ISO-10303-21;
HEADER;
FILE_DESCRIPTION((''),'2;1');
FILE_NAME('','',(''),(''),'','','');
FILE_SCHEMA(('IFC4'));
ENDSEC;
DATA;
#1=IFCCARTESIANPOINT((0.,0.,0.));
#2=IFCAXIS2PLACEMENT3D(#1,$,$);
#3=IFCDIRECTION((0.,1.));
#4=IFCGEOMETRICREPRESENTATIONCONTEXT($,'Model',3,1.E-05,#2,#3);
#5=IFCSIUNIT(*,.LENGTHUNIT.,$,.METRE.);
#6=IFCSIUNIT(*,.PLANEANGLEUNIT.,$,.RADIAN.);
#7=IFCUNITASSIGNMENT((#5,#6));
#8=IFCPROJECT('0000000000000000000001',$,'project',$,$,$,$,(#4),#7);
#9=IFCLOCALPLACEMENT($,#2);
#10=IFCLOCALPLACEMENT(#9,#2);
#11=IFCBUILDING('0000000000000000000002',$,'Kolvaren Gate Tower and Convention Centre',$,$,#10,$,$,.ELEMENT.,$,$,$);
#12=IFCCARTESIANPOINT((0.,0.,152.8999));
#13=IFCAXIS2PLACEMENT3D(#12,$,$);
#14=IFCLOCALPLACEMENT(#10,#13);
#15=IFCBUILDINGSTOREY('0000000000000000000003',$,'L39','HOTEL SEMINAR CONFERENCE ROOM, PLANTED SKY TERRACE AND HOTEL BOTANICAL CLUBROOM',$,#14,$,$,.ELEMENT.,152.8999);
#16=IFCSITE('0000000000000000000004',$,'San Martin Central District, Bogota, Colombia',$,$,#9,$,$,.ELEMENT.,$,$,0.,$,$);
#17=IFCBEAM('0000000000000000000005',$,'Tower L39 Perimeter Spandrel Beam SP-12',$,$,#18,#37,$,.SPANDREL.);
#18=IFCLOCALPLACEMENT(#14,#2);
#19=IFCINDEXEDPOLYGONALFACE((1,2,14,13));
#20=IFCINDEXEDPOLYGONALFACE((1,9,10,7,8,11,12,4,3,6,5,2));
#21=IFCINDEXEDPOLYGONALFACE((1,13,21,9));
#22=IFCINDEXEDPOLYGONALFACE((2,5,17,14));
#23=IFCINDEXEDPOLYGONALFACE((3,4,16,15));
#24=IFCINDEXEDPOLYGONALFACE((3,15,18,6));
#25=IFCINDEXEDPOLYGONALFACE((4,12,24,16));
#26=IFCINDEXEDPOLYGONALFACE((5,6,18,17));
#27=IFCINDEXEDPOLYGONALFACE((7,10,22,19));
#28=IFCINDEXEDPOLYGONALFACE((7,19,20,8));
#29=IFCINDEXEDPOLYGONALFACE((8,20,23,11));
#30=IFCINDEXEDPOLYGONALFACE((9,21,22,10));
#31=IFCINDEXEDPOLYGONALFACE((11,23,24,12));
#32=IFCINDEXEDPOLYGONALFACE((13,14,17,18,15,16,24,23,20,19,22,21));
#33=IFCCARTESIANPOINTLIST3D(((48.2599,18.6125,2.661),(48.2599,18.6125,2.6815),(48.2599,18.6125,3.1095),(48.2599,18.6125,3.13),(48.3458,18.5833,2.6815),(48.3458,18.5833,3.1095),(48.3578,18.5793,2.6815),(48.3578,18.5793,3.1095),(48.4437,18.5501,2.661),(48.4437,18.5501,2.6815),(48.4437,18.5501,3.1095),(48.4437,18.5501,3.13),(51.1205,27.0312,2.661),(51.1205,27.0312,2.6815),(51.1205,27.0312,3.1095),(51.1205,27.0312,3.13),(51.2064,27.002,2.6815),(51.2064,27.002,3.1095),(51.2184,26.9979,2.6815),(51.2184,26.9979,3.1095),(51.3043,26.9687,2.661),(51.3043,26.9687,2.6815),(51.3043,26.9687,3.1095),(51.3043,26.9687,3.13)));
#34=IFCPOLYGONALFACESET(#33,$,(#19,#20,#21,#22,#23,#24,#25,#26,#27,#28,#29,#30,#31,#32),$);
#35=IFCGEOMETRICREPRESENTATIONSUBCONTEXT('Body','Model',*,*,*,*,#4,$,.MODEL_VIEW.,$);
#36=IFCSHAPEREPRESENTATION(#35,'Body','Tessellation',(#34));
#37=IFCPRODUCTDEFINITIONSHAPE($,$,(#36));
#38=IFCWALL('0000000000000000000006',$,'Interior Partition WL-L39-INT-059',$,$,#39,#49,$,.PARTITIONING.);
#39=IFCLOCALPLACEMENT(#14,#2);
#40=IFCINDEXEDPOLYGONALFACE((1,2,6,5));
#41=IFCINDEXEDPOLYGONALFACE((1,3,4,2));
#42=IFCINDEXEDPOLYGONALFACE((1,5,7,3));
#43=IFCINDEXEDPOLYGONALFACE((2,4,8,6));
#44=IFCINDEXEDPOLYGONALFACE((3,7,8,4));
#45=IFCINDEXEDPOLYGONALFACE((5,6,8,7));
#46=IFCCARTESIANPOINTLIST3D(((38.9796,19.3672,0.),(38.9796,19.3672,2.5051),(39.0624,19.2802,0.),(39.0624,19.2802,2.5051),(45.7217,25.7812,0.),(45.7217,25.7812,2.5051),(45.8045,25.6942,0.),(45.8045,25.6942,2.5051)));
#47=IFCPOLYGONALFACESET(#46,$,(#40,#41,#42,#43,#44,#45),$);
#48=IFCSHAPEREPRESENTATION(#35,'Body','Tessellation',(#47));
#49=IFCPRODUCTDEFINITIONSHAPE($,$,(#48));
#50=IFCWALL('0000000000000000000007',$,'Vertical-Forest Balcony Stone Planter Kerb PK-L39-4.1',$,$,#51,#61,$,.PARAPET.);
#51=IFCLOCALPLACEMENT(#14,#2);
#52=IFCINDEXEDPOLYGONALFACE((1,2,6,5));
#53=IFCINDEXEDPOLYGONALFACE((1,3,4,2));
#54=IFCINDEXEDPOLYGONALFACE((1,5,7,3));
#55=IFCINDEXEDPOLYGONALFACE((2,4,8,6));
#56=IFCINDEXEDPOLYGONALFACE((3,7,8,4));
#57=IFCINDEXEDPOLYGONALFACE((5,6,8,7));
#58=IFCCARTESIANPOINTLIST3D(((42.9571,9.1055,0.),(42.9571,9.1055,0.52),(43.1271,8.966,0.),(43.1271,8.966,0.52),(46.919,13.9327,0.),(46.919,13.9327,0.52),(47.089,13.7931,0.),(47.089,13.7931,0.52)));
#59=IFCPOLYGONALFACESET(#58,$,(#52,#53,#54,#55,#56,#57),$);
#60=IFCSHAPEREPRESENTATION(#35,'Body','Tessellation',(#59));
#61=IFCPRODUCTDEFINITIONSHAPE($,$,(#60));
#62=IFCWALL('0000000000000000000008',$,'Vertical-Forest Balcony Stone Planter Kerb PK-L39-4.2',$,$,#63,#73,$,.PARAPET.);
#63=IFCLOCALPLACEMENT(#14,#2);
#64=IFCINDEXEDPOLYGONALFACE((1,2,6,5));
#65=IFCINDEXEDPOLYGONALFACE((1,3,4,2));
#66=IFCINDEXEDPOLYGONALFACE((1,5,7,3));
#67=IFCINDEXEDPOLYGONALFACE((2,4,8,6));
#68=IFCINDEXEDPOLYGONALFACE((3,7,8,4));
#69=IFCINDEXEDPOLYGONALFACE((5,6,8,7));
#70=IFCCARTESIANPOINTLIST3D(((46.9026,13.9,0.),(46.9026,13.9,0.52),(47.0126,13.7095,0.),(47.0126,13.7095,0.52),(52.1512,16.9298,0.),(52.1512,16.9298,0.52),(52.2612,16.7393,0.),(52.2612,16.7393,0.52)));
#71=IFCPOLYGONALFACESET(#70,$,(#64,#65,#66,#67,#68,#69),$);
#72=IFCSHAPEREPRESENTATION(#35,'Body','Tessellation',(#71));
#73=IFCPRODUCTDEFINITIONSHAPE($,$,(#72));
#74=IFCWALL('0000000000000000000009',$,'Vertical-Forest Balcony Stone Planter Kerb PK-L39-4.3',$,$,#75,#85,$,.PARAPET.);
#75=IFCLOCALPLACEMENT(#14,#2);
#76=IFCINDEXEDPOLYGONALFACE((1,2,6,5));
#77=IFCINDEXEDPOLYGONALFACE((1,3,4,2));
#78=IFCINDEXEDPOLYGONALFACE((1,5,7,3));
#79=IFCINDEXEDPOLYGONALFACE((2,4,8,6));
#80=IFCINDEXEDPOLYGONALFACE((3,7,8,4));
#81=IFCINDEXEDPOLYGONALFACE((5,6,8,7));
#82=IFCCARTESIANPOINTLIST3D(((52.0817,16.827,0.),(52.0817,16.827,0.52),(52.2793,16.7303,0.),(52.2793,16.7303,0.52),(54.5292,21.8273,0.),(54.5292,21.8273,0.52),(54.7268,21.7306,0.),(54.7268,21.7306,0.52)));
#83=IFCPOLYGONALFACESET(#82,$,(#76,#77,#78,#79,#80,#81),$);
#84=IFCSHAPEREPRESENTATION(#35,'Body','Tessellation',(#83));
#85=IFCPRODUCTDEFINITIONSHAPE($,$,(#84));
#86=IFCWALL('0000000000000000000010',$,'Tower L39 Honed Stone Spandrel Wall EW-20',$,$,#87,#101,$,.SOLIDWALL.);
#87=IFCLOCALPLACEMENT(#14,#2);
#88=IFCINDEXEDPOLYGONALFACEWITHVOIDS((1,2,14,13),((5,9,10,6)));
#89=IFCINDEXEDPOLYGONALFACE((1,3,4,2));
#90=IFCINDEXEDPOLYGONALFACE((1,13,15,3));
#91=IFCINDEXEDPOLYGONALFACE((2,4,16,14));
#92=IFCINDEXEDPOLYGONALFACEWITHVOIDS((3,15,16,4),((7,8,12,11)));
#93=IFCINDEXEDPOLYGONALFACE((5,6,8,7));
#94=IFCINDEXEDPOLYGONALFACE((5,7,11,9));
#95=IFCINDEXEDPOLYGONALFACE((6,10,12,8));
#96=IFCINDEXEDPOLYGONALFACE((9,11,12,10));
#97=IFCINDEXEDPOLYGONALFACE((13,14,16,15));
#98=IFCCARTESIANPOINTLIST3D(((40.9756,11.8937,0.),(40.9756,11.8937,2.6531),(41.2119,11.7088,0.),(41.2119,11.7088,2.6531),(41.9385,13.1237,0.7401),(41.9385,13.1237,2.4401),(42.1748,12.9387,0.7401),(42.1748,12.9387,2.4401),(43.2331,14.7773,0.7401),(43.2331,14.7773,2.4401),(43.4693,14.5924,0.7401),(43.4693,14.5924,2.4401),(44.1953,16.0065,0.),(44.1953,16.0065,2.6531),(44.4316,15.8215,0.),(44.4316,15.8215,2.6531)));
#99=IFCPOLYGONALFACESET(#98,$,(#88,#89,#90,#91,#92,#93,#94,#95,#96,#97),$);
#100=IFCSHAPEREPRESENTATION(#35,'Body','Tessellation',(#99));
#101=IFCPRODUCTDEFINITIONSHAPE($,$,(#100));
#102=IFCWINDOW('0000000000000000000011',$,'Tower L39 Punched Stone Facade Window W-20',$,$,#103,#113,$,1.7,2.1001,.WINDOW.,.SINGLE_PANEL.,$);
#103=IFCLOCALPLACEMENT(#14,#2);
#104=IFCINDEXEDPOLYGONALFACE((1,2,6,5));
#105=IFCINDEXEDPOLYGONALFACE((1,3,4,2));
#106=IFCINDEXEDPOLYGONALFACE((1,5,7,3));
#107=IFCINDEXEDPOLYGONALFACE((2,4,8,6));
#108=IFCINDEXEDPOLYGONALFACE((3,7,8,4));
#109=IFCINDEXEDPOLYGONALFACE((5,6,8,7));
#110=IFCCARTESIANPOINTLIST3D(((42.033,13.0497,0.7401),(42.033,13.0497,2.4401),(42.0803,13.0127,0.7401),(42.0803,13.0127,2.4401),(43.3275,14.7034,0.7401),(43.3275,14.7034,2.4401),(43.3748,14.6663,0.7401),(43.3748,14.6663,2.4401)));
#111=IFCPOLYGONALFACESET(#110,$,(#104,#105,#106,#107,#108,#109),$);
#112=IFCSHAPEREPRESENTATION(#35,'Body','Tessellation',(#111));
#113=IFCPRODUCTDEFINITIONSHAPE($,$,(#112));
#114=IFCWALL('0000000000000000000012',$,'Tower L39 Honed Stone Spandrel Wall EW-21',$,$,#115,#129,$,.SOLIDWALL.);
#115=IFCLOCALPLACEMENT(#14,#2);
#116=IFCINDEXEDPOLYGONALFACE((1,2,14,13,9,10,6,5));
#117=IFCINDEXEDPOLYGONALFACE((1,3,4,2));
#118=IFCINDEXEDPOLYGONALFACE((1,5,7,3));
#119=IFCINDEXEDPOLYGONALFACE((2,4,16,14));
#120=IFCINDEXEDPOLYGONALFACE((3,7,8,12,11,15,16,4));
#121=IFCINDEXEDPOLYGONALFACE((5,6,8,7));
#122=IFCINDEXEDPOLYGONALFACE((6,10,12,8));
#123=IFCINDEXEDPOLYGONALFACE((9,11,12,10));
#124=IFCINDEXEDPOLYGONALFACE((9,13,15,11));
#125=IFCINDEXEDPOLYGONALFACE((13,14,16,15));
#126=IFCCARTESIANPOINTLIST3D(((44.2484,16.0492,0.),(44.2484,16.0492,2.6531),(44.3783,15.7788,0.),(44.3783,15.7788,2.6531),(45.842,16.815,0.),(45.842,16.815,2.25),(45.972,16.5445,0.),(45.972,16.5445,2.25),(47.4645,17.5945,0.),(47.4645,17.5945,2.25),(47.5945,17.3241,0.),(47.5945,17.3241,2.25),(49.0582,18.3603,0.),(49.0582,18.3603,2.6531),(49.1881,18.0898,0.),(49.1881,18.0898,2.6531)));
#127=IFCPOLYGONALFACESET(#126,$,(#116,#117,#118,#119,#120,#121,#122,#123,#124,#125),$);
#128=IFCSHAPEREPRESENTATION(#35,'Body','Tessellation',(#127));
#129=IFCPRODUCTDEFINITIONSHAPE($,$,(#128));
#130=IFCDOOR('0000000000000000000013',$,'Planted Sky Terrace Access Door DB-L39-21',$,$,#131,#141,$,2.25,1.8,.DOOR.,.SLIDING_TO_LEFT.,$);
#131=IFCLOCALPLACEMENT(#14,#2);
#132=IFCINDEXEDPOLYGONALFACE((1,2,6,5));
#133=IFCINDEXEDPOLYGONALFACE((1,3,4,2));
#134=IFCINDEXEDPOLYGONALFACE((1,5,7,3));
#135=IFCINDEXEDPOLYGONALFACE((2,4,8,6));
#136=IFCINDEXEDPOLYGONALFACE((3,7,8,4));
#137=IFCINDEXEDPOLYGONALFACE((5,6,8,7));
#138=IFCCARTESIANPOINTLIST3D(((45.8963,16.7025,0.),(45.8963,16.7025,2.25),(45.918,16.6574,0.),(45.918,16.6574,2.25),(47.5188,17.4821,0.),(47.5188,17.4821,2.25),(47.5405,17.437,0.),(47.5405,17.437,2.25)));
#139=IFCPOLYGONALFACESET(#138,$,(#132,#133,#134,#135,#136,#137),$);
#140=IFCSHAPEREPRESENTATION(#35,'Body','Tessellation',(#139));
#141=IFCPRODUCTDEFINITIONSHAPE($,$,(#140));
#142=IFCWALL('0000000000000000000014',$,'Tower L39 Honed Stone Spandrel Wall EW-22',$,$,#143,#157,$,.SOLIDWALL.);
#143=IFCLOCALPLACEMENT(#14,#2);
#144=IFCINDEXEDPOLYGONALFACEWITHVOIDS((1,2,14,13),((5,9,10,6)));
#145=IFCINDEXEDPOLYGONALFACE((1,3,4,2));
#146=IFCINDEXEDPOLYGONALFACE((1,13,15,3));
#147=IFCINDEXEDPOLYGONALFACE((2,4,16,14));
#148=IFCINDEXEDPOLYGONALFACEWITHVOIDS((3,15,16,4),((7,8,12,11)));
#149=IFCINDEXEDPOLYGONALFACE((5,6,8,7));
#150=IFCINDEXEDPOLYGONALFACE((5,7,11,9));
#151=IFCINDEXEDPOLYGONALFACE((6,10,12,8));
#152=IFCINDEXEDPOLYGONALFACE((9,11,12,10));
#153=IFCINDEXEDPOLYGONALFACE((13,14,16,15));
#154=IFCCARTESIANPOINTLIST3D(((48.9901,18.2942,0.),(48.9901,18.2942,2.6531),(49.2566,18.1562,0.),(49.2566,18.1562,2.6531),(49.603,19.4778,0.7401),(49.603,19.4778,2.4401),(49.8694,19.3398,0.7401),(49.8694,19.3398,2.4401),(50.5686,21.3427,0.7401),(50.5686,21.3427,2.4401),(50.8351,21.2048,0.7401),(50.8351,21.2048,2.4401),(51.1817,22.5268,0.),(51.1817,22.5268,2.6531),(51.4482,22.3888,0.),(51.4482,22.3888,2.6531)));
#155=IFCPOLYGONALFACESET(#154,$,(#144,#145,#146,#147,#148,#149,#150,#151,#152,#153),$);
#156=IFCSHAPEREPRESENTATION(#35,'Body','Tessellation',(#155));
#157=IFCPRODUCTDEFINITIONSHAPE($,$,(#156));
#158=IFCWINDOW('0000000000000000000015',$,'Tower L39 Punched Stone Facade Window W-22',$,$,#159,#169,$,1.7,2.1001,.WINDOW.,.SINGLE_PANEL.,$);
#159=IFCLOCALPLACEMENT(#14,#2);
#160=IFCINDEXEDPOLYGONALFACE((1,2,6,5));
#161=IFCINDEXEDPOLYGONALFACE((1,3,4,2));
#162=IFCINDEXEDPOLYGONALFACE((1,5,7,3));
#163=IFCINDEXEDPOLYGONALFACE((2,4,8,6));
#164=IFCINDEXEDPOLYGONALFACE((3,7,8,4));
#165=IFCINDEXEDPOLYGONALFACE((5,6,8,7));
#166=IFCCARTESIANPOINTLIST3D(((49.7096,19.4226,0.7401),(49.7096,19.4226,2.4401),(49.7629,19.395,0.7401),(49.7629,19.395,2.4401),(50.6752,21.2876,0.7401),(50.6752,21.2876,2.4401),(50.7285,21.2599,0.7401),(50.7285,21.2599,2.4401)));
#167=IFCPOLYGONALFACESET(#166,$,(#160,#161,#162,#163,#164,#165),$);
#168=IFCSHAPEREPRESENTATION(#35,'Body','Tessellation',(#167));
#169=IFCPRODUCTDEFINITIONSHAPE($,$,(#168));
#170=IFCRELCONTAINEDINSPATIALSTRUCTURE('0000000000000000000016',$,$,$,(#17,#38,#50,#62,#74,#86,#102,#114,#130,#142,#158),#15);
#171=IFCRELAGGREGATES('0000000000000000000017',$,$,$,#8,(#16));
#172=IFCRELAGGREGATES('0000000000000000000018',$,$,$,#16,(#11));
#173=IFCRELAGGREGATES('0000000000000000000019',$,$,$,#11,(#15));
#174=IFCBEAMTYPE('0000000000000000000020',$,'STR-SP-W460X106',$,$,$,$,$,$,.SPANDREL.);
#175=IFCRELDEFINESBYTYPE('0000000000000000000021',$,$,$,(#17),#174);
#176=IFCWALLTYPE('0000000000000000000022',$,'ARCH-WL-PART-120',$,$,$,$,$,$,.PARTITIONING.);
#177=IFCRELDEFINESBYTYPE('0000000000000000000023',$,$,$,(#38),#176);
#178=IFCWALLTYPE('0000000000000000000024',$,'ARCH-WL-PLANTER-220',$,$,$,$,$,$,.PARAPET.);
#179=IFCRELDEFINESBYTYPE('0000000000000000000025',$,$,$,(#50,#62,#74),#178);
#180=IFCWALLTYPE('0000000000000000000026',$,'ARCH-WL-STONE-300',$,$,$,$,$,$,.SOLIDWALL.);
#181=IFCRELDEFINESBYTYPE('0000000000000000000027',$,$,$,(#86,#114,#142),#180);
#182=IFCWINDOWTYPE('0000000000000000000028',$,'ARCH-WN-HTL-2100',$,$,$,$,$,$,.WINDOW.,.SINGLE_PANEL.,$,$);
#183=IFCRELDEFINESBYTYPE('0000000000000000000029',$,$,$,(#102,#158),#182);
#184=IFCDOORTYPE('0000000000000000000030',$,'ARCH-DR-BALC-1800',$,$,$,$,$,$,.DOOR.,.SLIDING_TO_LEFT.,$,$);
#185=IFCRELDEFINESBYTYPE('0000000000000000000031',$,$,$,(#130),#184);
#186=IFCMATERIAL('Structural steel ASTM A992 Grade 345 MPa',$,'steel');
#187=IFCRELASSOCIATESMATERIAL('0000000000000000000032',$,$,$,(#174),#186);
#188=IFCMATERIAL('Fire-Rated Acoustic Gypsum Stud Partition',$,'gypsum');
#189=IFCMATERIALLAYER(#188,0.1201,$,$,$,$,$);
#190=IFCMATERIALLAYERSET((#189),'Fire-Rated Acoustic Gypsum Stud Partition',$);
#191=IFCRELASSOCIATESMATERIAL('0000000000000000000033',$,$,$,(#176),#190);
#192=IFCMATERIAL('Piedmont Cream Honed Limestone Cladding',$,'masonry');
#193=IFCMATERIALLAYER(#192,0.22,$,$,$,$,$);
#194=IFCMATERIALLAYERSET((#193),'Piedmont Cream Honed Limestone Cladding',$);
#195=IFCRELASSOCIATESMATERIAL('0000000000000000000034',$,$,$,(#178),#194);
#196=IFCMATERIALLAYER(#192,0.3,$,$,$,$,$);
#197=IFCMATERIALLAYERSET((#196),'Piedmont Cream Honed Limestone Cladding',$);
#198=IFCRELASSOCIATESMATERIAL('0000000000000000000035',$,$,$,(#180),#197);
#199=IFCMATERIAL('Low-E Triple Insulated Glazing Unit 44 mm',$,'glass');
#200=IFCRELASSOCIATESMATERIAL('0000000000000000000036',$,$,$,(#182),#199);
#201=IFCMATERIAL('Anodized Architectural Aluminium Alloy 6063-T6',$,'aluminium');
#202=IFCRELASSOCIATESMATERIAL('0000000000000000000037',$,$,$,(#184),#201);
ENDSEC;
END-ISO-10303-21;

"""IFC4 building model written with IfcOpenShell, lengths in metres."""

from ifc_helpers import new_model, si_unit, direction, frame, frame_2d, origin, origin_2d, place, context, subcontext, project, spatial, rectangle, i_section, extrude, material, layer, layer_set, material_profile, profile_set, type_object, element, fill, save


model = new_model("IFC4")

# Units and contexts
model_context = context("Model", 3, precision=1e-05, world=origin(), true_north=direction((0.0, 1.0)))
body_context = subcontext(model_context, "Body", "Model", "MODEL_VIEW")
ifc_project = project(units=[si_unit("LENGTHUNIT", "METRE"), si_unit("PLANEANGLEUNIT", "RADIAN")], contexts=[model_context])

# Site, building, storey
site_placement = place(None, origin())
site = spatial("IfcSite", under=ifc_project, at=site_placement, Name="San Martin Central District, Bogota, Colombia", CompositionType="ELEMENT", RefElevation=0.0)
building_placement = place(site_placement, origin())
building = spatial("IfcBuilding", under=site, at=building_placement, Name="Kolvaren Gate Tower and Convention Centre", CompositionType="ELEMENT")
storey_placement = place(building_placement, frame((0.0, 0.0, 152.8999)))
storey = spatial("IfcBuildingStorey", under=building, at=storey_placement, Name="L39", Description="HOTEL SEMINAR CONFERENCE ROOM, PLANTED SKY TERRACE AND HOTEL BOTANICAL CLUBROOM", CompositionType="ELEMENT", Elevation=152.8999)

# Beam
ifc_material_1 = material(Name="Structural steel ASTM A992 Grade 345 MPa", Category="steel")
ifc_material_profile_1 = material_profile(ifc_material_1, i_section(OverallWidth=0.1941, OverallDepth=0.469, WebThickness=0.0127, FlangeThickness=0.0205, at=origin_2d()), Name="W460X106")
ifc_profile_set_1 = profile_set([ifc_material_profile_1], Name="Structural steel ASTM A992 Grade 345 MPa")
beam_type_1 = type_object("IfcBeamType", Name="STR-SP-W460X106", PredefinedType="SPANDREL", material=ifc_profile_set_1)
beam_1_placement = place(storey_placement, frame((48.3518, 18.5813, 2.8955), z_axis=(0.321725, 0.946833, 0.0), x_axis=(-0.946833, 0.321725, 0.0)))
element("IfcBeam", 1, at=beam_1_placement, inside=storey, type_object=beam_type_1, Name="Tower L39 Perimeter Spandrel Beam SP-12", PredefinedType="SPANDREL", context=body_context, shape_type="SweptSolid", body=[
    extrude(i_section(OverallWidth=0.1941, OverallDepth=0.469, WebThickness=0.0127, FlangeThickness=0.0205, at=origin_2d()), origin(), (0.0, 0.0, 1.0), 8.8914),
])

# Walls
ifc_material_2 = material(Name="Fire-Rated Acoustic Gypsum Stud Partition", Category="gypsum")
ifc_layer_1 = layer(ifc_material_2, 0.1201)
ifc_layer_set_1 = layer_set([ifc_layer_1], Name="Fire-Rated Acoustic Gypsum Stud Partition")
wall_type_1 = type_object("IfcWallType", Name="ARCH-WL-PART-120", PredefinedType="PARTITIONING", material=ifc_layer_set_1)
wall_1_placement = place(storey_placement, frame((39.021, 19.3237, 0.0), z_axis=(0.0, 0.0, 1.0), x_axis=(0.724517, 0.689257, 0.0)))
element("IfcWall", 2, at=wall_1_placement, inside=storey, type_object=wall_type_1, Name="Interior Partition WL-L39-INT-059", PredefinedType="PARTITIONING", context=body_context, shape_type="SweptSolid", body=[
    extrude(rectangle(XDim=9.3057, YDim=0.1201, at=frame_2d((4.6528, 0.0))), origin(), (0.0, 0.0, 1.0), 2.5051),
])
ifc_material_3 = material(Name="Piedmont Cream Honed Limestone Cladding", Category="masonry")
ifc_layer_2 = layer(ifc_material_3, 0.22)
ifc_layer_set_2 = layer_set([ifc_layer_2], Name="Piedmont Cream Honed Limestone Cladding")
wall_type_2 = type_object("IfcWallType", Name="ARCH-WL-PLANTER-220", PredefinedType="PARAPET", material=ifc_layer_set_2)
wall_2_placement = place(storey_placement, frame((43.042, 9.0356, 0.0), z_axis=(0.0, 0.0, 1.0), x_axis=(0.634429, 0.772981, 0.0)))
element("IfcWall", 3, at=wall_2_placement, inside=storey, type_object=wall_type_2, Name="Vertical-Forest Balcony Stone Planter Kerb PK-L39-4.1", PredefinedType="PARAPET", context=body_context, shape_type="SweptSolid", body=[
    extrude(rectangle(XDim=6.2449, YDim=0.22, at=frame_2d((3.1226, 0.0))), origin(), (0.0, 0.0, 1.0), 0.52),
])
wall_3_placement = place(storey_placement, frame((46.9575, 13.8047, 0.0), z_axis=(0.0, 0.0, 1.0), x_axis=(0.866058, 0.499943, 0.0)))
element("IfcWall", 4, at=wall_3_placement, inside=storey, type_object=wall_type_2, Name="Vertical-Forest Balcony Stone Planter Kerb PK-L39-4.2", PredefinedType="PARAPET", context=body_context, shape_type="SweptSolid", body=[
    extrude(rectangle(XDim=6.0603, YDim=0.22, at=frame_2d((3.0303, 0.0))), origin(), (0.0, 0.0, 1.0), 0.52),
])
wall_4_placement = place(storey_placement, frame((52.1804, 16.7786, 0.0), z_axis=(0.0, 0.0, 1.0), x_axis=(0.439637, 0.898175, 0.0)))
element("IfcWall", 5, at=wall_4_placement, inside=storey, type_object=wall_type_2, Name="Vertical-Forest Balcony Stone Planter Kerb PK-L39-4.3", PredefinedType="PARAPET", context=body_context, shape_type="SweptSolid", body=[
    extrude(rectangle(XDim=5.5671, YDim=0.22, at=frame_2d((2.7837, 0.0))), origin(), (0.0, 0.0, 1.0), 0.52),
])

# Wall, opening, window
ifc_layer_3 = layer(ifc_material_3, 0.3)
ifc_layer_set_3 = layer_set([ifc_layer_3], Name="Piedmont Cream Honed Limestone Cladding")
wall_type_3 = type_object("IfcWallType", Name="ARCH-WL-STONE-300", PredefinedType="SOLIDWALL", material=ifc_layer_set_3)
wall_5_placement = place(storey_placement, frame((41.0938, 11.8013, 0.0), z_axis=(0.0, 0.0, 1.0), x_axis=(0.616429, 0.78741, 0.0)))
wall_5 = element("IfcWall", 6, at=wall_5_placement, inside=storey, type_object=wall_type_3, Name="Tower L39 Honed Stone Spandrel Wall EW-20", PredefinedType="SOLIDWALL", context=body_context, shape_type="SweptSolid", body=[
    extrude(rectangle(XDim=5.2231, YDim=0.3, at=frame_2d((2.6116, 0.0))), origin(), (0.0, 0.0, 1.0), 2.6531),
])
opening_1_placement = place(wall_5_placement, frame((1.562, 0.0, 0.74)))
opening_1 = element("IfcOpeningElement", 7, at=opening_1_placement, cuts=wall_5, PredefinedType="OPENING", context=body_context, shape_type="SweptSolid", body=[
    extrude(rectangle(XDim=2.1001, YDim=1.7, at=frame_2d((1.05, 0.8501))), frame((0.0, 0.1599, 0.0), z_axis=(0.0, -1.0, 0.0), x_axis=(1.0, 0.0, 0.0)), (0.0, 0.0, 1.0), 0.3201),
])
ifc_material_4 = material(Name="Low-E Triple Insulated Glazing Unit 44 mm", Category="glass")
window_type = type_object("IfcWindowType", Name="ARCH-WN-HTL-2100", PartitioningType="SINGLE_PANEL", PredefinedType="WINDOW", material=ifc_material_4)
window_1_placement = place(opening_1_placement, origin())
window_1 = element("IfcWindow", 8, at=window_1_placement, inside=storey, type_object=window_type, Name="Tower L39 Punched Stone Facade Window W-20", OverallHeight=1.7, OverallWidth=2.1001, PartitioningType="SINGLE_PANEL", PredefinedType="WINDOW", context=body_context, shape_type="SweptSolid", body=[
    extrude(rectangle(XDim=2.1001, YDim=1.7, at=frame_2d((1.05, 0.8501))), frame((0.0, 0.03, 0.0), z_axis=(0.0, -1.0, 0.0), x_axis=(1.0, 0.0, 0.0)), (0.0, 0.0, 1.0), 0.0601),
])
fill(opening_1, window_1)

# Wall, opening, door
wall_6_placement = place(storey_placement, frame((44.3135, 15.9141, 0.0), z_axis=(0.0, 0.0, 1.0), x_axis=(0.901353, 0.433085, 0.0)))
wall_6 = element("IfcWall", 9, at=wall_6_placement, inside=storey, type_object=wall_type_3, Name="Tower L39 Honed Stone Spandrel Wall EW-21", PredefinedType="SOLIDWALL", context=body_context, shape_type="SweptSolid", body=[
    extrude(rectangle(XDim=5.3362, YDim=0.3, at=frame_2d((2.668, 0.0))), origin(), (0.0, 0.0, 1.0), 2.6531),
])
opening_2_placement = place(wall_6_placement, frame((1.7681, 0.0, 0.0)))
opening_2 = element("IfcOpeningElement", 10, at=opening_2_placement, cuts=wall_6, PredefinedType="OPENING", context=body_context, shape_type="SweptSolid", body=[
    extrude(rectangle(XDim=1.8, YDim=2.25, at=frame_2d((0.8999, 1.125))), frame((0.0, 0.1599, 0.0), z_axis=(0.0, -1.0, 0.0), x_axis=(1.0, 0.0, 0.0)), (0.0, 0.0, 1.0), 0.3201),
])
ifc_material_5 = material(Name="Anodized Architectural Aluminium Alloy 6063-T6", Category="aluminium")
door_type = type_object("IfcDoorType", Name="ARCH-DR-BALC-1800", OperationType="SLIDING_TO_LEFT", PredefinedType="DOOR", material=ifc_material_5)
door_placement = place(opening_2_placement, frame((1.8, 0.0, 0.0), z_axis=(0.0, 0.0, 1.0), x_axis=(-1.0, 0.0, 0.0)))
door = element("IfcDoor", 11, at=door_placement, inside=storey, type_object=door_type, Name="Planted Sky Terrace Access Door DB-L39-21", OperationType="SLIDING_TO_LEFT", OverallHeight=2.25, OverallWidth=1.8, PredefinedType="DOOR", context=body_context, shape_type="SweptSolid", body=[
    extrude(rectangle(XDim=1.8, YDim=2.25, at=frame_2d((0.8999, 1.125))), frame((0.0, 0.0249, 0.0), z_axis=(0.0, -1.0, 0.0), x_axis=(1.0, 0.0, 0.0)), (0.0, 0.0, 1.0), 0.05),
])
fill(opening_2, door)

# Wall, opening, window
wall_7_placement = place(storey_placement, frame((49.1233, 18.2251, 0.0), z_axis=(0.0, 0.0, 1.0), x_axis=(0.45981, 0.888017, 0.0)))
wall_7 = element("IfcWall", 12, at=wall_7_placement, inside=storey, type_object=wall_type_3, Name="Tower L39 Honed Stone Spandrel Wall EW-22", PredefinedType="SOLIDWALL", context=body_context, shape_type="SweptSolid", body=[
    extrude(rectangle(XDim=4.7664, YDim=0.3, at=frame_2d((2.3833, 0.0))), origin(), (0.0, 0.0, 1.0), 2.6531),
])
opening_3_placement = place(wall_7_placement, frame((1.333, 0.0, 0.74)))
opening_3 = element("IfcOpeningElement", 13, at=opening_3_placement, cuts=wall_7, PredefinedType="OPENING", context=body_context, shape_type="SweptSolid", body=[
    extrude(rectangle(XDim=2.1001, YDim=1.7, at=frame_2d((1.05, 0.8501))), frame((0.0, 0.1599, 0.0), z_axis=(0.0, -1.0, 0.0), x_axis=(1.0, 0.0, 0.0)), (0.0, 0.0, 1.0), 0.3201),
])
window_2_placement = place(opening_3_placement, origin())
window_2 = element("IfcWindow", 14, at=window_2_placement, inside=storey, type_object=window_type, Name="Tower L39 Punched Stone Facade Window W-22", OverallHeight=1.7, OverallWidth=2.1001, PartitioningType="SINGLE_PANEL", PredefinedType="WINDOW", context=body_context, shape_type="SweptSolid", body=[
    extrude(rectangle(XDim=2.1001, YDim=1.7, at=frame_2d((1.05, 0.8501))), frame((0.0, 0.03, 0.0), z_axis=(0.0, -1.0, 0.0), x_axis=(1.0, 0.0, 0.0)), (0.0, 0.0, 1.0), 0.0601),
])
fill(opening_3, window_2)

save(model, "model.ifc")
